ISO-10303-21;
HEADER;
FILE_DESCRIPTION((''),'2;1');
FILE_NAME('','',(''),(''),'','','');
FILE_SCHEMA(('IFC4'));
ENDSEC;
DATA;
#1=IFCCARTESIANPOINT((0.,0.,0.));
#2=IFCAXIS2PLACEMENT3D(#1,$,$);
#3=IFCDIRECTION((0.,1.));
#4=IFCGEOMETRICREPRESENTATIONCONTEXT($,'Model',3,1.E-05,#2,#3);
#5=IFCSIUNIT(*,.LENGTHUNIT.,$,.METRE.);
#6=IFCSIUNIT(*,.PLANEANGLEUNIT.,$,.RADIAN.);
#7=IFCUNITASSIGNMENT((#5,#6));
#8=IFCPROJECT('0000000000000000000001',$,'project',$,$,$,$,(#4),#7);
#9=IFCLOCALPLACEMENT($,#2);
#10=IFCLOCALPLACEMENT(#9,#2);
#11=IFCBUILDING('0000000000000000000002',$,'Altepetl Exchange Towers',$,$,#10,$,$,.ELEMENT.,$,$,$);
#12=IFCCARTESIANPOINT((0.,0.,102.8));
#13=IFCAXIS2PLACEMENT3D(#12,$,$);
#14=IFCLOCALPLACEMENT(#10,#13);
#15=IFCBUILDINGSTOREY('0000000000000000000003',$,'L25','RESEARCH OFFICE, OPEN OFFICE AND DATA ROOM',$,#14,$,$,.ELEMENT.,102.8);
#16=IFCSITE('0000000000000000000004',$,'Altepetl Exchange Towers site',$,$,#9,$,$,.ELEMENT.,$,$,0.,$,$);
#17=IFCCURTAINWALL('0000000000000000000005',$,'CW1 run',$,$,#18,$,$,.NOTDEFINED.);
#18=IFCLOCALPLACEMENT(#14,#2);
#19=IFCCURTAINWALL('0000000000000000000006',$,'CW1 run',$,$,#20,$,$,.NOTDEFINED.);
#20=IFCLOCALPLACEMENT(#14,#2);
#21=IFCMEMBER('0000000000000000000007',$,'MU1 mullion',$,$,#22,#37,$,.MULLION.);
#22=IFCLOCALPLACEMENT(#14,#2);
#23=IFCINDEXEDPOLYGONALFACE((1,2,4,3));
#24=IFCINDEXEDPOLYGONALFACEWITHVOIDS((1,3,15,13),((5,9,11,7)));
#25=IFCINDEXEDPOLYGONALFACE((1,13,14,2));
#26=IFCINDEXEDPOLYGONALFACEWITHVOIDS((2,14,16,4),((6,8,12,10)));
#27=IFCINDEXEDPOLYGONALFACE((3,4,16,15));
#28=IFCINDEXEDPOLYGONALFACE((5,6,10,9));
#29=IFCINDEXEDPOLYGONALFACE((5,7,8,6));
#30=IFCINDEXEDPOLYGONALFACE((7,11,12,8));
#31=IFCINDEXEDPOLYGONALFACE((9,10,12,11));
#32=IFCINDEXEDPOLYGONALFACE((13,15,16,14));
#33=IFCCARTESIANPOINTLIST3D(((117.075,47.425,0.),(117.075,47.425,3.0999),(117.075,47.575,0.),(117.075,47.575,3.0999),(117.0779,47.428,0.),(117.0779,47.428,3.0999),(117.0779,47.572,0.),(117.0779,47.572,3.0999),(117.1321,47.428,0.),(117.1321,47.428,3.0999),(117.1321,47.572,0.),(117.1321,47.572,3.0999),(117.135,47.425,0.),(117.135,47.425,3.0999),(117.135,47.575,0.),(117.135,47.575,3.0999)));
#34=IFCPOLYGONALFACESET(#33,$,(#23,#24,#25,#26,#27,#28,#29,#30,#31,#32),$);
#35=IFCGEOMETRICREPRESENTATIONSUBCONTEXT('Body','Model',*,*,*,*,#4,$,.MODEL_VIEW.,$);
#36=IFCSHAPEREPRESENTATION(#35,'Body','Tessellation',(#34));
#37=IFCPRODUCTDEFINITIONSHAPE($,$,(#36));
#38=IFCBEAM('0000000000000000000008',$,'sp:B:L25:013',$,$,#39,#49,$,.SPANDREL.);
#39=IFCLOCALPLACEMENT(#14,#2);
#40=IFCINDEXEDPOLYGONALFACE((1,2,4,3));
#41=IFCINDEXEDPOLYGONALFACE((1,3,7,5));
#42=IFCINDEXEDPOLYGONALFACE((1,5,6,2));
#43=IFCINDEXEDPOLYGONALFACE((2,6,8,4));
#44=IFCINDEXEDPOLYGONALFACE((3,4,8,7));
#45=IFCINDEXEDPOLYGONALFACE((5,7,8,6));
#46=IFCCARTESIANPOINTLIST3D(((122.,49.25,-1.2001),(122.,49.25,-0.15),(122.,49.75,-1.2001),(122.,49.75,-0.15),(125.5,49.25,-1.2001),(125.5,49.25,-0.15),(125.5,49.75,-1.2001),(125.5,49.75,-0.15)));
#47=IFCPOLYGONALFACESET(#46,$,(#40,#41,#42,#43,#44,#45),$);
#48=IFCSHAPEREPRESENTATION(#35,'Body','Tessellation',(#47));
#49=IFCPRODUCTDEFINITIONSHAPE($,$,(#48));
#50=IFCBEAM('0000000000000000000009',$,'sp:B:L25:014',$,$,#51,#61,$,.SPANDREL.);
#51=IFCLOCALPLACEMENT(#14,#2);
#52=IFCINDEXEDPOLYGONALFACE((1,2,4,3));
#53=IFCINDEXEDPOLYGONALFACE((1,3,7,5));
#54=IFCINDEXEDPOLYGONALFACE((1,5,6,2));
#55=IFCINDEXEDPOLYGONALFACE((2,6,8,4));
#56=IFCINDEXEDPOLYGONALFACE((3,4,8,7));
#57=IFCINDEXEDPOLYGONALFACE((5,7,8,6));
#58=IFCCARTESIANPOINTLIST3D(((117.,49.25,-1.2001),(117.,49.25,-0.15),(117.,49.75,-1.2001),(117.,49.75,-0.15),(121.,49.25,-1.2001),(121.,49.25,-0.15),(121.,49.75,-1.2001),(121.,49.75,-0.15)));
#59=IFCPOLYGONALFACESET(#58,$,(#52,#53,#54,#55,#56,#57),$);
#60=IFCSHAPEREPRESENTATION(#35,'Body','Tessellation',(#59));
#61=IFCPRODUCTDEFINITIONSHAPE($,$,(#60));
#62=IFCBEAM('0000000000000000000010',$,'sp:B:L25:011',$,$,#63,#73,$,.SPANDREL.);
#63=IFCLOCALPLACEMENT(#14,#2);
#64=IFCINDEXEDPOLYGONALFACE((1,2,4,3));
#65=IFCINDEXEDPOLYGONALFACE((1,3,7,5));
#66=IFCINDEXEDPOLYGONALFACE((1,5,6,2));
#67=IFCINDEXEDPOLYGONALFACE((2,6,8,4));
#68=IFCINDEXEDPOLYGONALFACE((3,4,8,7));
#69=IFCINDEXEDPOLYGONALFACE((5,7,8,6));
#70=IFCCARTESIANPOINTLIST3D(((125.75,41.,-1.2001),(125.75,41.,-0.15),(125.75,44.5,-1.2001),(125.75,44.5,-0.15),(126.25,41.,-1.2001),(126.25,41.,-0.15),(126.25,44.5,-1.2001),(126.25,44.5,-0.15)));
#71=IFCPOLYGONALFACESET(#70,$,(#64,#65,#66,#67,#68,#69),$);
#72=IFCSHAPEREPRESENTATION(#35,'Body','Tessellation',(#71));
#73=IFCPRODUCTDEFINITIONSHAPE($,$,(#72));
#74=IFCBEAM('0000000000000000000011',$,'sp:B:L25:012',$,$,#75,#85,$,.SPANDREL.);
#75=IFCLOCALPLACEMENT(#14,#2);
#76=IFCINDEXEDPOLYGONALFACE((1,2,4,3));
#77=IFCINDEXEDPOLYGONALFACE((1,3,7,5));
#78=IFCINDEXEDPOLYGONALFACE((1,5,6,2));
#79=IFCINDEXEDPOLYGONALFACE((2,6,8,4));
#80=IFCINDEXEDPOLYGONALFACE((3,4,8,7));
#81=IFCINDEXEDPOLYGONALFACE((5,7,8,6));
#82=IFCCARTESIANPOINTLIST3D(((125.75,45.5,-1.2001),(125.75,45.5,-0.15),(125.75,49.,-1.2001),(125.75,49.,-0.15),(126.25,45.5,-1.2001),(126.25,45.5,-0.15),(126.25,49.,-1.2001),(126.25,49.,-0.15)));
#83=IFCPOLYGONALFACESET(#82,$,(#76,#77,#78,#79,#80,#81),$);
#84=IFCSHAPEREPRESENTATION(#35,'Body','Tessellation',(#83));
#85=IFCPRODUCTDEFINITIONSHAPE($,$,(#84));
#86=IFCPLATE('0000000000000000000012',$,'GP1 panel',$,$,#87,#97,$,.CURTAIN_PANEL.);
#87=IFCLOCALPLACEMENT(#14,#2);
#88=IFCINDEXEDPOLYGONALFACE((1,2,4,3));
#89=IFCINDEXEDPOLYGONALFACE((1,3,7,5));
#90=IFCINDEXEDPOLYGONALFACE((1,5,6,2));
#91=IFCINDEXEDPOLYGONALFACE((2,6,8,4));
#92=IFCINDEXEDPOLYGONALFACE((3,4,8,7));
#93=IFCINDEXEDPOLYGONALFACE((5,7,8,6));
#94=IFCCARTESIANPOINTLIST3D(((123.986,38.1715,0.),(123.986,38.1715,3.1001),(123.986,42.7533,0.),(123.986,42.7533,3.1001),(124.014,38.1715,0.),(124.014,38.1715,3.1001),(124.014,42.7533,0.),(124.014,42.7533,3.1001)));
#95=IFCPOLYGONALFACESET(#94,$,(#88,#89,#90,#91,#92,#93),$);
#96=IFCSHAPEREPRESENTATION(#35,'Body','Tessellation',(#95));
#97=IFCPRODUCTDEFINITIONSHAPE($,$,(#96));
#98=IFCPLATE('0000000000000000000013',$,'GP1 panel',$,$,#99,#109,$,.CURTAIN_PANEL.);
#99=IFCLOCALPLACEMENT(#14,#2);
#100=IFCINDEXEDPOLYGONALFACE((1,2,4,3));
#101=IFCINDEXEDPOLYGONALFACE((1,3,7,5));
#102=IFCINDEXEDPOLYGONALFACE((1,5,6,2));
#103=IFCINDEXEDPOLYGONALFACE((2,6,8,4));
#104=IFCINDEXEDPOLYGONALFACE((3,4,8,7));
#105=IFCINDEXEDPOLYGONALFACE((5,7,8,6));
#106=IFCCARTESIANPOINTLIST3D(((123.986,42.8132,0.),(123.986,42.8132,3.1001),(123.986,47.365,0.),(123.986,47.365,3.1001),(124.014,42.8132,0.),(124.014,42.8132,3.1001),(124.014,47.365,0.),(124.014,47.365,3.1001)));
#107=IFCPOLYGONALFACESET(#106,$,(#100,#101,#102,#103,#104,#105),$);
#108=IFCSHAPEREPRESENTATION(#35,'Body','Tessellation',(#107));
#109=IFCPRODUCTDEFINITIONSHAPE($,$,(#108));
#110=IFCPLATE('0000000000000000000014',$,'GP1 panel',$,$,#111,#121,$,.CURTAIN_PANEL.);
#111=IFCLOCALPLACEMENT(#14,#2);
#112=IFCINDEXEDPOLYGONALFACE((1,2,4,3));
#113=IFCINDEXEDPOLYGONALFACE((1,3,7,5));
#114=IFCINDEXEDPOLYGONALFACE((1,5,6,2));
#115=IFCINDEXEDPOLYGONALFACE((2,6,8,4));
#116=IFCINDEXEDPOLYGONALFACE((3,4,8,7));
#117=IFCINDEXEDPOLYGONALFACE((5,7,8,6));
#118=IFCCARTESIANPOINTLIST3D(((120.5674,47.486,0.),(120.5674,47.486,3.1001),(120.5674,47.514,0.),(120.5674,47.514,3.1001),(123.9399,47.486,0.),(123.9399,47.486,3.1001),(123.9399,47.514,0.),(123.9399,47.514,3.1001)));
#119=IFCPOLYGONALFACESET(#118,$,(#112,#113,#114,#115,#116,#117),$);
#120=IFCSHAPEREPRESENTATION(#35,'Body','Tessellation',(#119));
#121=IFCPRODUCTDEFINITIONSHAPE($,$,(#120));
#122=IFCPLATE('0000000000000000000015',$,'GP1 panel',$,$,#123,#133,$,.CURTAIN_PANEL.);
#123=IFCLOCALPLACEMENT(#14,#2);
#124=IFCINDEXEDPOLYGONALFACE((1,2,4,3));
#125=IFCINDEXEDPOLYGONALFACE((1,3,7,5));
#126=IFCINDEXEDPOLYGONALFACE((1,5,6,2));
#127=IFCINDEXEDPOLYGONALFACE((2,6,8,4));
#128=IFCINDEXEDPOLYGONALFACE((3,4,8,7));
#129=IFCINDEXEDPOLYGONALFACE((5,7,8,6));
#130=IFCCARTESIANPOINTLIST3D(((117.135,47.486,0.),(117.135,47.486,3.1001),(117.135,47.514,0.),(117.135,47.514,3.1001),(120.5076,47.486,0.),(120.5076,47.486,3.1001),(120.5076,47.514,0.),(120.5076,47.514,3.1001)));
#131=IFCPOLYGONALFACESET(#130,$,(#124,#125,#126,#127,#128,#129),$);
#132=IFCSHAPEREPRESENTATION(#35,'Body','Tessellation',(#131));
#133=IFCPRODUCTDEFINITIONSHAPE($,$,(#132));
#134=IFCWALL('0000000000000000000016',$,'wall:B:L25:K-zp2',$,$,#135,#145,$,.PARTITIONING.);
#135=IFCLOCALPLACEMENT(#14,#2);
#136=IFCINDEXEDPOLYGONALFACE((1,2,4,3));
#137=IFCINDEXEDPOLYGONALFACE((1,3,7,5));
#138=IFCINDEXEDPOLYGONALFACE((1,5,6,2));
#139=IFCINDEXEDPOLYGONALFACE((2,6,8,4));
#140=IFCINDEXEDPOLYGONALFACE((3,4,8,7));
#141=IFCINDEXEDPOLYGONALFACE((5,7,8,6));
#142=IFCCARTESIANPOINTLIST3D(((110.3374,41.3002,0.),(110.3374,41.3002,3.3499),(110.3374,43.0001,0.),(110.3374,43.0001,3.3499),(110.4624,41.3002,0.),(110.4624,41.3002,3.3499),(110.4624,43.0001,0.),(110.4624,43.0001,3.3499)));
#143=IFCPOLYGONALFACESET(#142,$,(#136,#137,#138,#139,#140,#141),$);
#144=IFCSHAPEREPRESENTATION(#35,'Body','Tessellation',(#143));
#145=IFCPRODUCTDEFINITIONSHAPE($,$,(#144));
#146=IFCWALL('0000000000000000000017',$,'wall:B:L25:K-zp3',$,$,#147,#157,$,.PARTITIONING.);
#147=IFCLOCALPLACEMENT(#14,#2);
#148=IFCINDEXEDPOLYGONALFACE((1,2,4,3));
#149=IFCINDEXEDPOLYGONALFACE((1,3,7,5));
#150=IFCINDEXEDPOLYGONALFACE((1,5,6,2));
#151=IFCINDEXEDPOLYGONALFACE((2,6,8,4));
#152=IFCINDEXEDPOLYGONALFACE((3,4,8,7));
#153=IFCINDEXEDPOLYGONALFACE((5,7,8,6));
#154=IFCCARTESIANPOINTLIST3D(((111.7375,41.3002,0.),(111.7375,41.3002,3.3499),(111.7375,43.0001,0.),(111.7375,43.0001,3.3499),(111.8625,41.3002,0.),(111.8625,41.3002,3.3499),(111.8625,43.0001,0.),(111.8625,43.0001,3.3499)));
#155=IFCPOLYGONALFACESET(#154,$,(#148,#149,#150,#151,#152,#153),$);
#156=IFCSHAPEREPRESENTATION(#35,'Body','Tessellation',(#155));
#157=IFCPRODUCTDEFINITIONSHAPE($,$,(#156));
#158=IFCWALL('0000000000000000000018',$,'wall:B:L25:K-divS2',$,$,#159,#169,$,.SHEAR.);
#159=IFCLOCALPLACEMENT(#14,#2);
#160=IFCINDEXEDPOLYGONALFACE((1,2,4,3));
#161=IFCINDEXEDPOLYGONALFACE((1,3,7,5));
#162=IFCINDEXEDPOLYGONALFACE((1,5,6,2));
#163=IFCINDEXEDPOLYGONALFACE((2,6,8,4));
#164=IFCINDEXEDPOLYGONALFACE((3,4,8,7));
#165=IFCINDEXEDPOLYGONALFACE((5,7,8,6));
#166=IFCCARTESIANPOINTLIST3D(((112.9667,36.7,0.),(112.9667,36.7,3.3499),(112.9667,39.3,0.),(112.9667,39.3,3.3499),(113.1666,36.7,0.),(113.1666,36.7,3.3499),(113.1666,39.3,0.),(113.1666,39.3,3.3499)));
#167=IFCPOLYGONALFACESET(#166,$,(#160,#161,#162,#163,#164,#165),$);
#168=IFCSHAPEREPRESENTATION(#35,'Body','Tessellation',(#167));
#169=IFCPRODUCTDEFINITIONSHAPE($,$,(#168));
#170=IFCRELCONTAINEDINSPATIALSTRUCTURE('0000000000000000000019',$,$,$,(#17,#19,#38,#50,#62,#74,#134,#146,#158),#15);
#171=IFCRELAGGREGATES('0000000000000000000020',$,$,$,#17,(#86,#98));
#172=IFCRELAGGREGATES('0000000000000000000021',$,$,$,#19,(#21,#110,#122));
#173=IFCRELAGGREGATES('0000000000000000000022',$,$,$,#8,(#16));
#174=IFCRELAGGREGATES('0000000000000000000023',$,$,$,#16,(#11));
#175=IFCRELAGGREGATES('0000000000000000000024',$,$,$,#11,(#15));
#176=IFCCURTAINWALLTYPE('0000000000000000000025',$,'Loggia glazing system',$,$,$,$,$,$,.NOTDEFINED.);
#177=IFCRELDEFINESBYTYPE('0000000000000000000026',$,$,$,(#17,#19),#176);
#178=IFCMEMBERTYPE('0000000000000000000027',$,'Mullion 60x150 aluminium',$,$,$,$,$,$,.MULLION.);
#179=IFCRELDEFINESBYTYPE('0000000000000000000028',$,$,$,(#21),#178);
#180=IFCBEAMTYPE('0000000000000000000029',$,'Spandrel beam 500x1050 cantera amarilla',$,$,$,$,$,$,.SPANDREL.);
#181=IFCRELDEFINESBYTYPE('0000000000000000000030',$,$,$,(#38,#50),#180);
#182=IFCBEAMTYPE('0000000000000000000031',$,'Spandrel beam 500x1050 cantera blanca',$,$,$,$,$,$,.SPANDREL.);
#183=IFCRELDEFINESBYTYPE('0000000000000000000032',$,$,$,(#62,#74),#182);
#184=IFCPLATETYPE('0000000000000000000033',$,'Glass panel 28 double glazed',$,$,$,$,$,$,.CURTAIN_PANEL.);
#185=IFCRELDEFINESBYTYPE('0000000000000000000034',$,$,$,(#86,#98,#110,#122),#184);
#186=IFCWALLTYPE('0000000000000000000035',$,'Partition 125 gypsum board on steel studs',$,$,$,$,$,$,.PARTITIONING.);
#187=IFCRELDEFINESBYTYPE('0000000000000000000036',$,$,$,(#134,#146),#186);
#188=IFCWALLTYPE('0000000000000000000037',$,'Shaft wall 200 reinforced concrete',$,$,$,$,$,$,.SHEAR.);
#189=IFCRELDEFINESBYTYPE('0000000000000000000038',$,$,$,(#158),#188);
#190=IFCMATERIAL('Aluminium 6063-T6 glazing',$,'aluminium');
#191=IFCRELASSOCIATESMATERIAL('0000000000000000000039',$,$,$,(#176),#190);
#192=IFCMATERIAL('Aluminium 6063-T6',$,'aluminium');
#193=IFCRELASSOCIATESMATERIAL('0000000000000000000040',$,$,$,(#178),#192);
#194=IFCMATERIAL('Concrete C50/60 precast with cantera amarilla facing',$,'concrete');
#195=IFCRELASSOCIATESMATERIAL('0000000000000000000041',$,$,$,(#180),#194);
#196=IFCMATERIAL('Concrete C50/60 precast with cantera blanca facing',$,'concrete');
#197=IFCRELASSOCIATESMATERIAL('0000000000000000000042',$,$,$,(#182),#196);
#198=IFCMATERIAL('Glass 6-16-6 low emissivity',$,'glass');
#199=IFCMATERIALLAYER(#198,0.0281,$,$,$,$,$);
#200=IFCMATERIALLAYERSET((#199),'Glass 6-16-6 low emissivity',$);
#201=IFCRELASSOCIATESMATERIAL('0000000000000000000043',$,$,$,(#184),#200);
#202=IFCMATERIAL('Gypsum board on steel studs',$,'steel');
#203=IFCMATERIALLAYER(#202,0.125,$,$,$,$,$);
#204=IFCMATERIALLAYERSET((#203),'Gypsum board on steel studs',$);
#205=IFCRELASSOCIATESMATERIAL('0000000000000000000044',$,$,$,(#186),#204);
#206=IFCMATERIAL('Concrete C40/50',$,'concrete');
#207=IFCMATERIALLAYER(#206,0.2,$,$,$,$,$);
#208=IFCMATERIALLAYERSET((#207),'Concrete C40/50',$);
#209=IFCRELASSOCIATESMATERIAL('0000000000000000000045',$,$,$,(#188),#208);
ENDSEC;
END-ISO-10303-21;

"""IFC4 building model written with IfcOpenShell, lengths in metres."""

from ifc_helpers import new_model, si_unit, direction, frame, frame_2d, origin, origin_2d, place, context, subcontext, project, spatial, rectangle, hollow_rectangle, extrude, material, layer, layer_set, material_profile, profile_set, type_object, element, aggregate, save


model = new_model("IFC4")

# Units and contexts
model_context = context("Model", 3, precision=1e-05, world=origin(), true_north=direction((0.0, 1.0)))
body_context = subcontext(model_context, "Body", "Model", "MODEL_VIEW")
ifc_project = project(units=[si_unit("LENGTHUNIT", "METRE"), si_unit("PLANEANGLEUNIT", "RADIAN")], contexts=[model_context])

# Site, building, storey
site_placement = place(None, origin())
site = spatial("IfcSite", under=ifc_project, at=site_placement, Name="Altepetl Exchange Towers site", CompositionType="ELEMENT", RefElevation=0.0)
building_placement = place(site_placement, origin())
building = spatial("IfcBuilding", under=site, at=building_placement, Name="Altepetl Exchange Towers", CompositionType="ELEMENT")
storey_placement = place(building_placement, frame((0.0, 0.0, 102.8)))
storey = spatial("IfcBuildingStorey", under=building, at=storey_placement, Name="L25", Description="RESEARCH OFFICE, OPEN OFFICE AND DATA ROOM", CompositionType="ELEMENT", Elevation=102.8)

# Curtain walls, member
ifc_material_1 = material(Name="Aluminium 6063-T6 glazing", Category="aluminium")
curtain_wall_type = type_object("IfcCurtainWallType", Name="Loggia glazing system", PredefinedType="NOTDEFINED", material=ifc_material_1)
curtain_wall_1_placement = place(storey_placement, origin())
curtain_wall_1 = element("IfcCurtainWall", 1, at=curtain_wall_1_placement, inside=storey, type_object=curtain_wall_type, Name="CW1 run", PredefinedType="NOTDEFINED")
ifc_material_2 = material(Name="Aluminium 6063-T6", Category="aluminium")
ifc_material_profile_1 = material_profile(ifc_material_2, hollow_rectangle(XDim=0.0601, YDim=0.1499, WallThickness=0.0029, at=origin_2d()), Name="Mullion 60x150 aluminium")
ifc_profile_set_1 = profile_set([ifc_material_profile_1], Name="Aluminium 6063-T6")
member_type = type_object("IfcMemberType", Name="Mullion 60x150 aluminium", PredefinedType="MULLION", material=ifc_profile_set_1)
curtain_wall_2_placement = place(storey_placement, origin())
curtain_wall_2 = element("IfcCurtainWall", 2, at=curtain_wall_2_placement, inside=storey, type_object=curtain_wall_type, Name="CW1 run", PredefinedType="NOTDEFINED")
member_1_placement = place(storey_placement, frame((117.105, 47.5, 0.0), z_axis=(0.0, 0.0, 1.0), x_axis=(-1.0, 0.0, 0.0)))
member_1 = element("IfcMember", 3, at=member_1_placement, type_object=member_type, Name="MU1 mullion", PredefinedType="MULLION", context=body_context, shape_type="SweptSolid", body=[
    extrude(hollow_rectangle(XDim=0.0601, YDim=0.1499, WallThickness=0.0029, at=origin_2d()), origin(), (0.0, 0.0, 1.0), 3.0999),
])

# Beams
ifc_material_3 = material(Name="Concrete C50/60 precast with cantera amarilla facing", Category="concrete")
ifc_material_profile_2 = material_profile(ifc_material_3, rectangle(XDim=0.5, YDim=1.05, at=origin_2d()), Name="500 x 1050")
ifc_profile_set_2 = profile_set([ifc_material_profile_2], Name="Concrete C50/60 precast with cantera amarilla facing")
beam_type_1 = type_object("IfcBeamType", Name="Spandrel beam 500x1050 cantera amarilla", PredefinedType="SPANDREL", material=ifc_profile_set_2)
beam_1_placement = place(storey_placement, frame((125.5, 49.5, -0.675), z_axis=(-1.0, 0.0, 0.0), x_axis=(0.0, -1.0, 0.0)))
element("IfcBeam", 4, at=beam_1_placement, inside=storey, type_object=beam_type_1, Name="sp:B:L25:013", PredefinedType="SPANDREL", context=body_context, shape_type="SweptSolid", body=[
    extrude(rectangle(XDim=0.5, YDim=1.05, at=origin_2d()), origin(), (0.0, 0.0, 1.0), 3.5),
])
beam_2_placement = place(storey_placement, frame((121.0, 49.5, -0.675), z_axis=(-1.0, 0.0, 0.0), x_axis=(0.0, -1.0, 0.0)))
element("IfcBeam", 5, at=beam_2_placement, inside=storey, type_object=beam_type_1, Name="sp:B:L25:014", PredefinedType="SPANDREL", context=body_context, shape_type="SweptSolid", body=[
    extrude(rectangle(XDim=0.5, YDim=1.05, at=origin_2d()), origin(), (0.0, 0.0, 1.0), 4.0),
])
ifc_material_4 = material(Name="Concrete C50/60 precast with cantera blanca facing", Category="concrete")
ifc_material_profile_3 = material_profile(ifc_material_4, rectangle(XDim=0.5, YDim=1.05, at=origin_2d()), Name="500 x 1050")
ifc_profile_set_3 = profile_set([ifc_material_profile_3], Name="Concrete C50/60 precast with cantera blanca facing")
beam_type_2 = type_object("IfcBeamType", Name="Spandrel beam 500x1050 cantera blanca", PredefinedType="SPANDREL", material=ifc_profile_set_3)
for number, where, z_axis, x_axis, name in (
    (6, (126.0, 41.0, -0.675), (0.0, 1.0, 0.0), (-1.0, 0.0, 0.0), "sp:B:L25:011"),
    (7, (126.0, 45.5, -0.675), (0.0, 1.0, 0.0), (-1.0, 0.0, 0.0), "sp:B:L25:012"),
):
    element("IfcBeam", number, at=place(storey_placement, frame(where, z_axis=z_axis, x_axis=x_axis)), inside=storey, type_object=beam_type_2, Name=name, PredefinedType="SPANDREL", context=body_context, shape_type="SweptSolid", body=[
        extrude(rectangle(XDim=0.5, YDim=1.05, at=origin_2d()), origin(), (0.0, 0.0, 1.0), 3.5),
    ])

# Plates
ifc_material_5 = material(Name="Glass 6-16-6 low emissivity", Category="glass")
ifc_layer_1 = layer(ifc_material_5, 0.0281)
ifc_layer_set_1 = layer_set([ifc_layer_1], Name="Glass 6-16-6 low emissivity")
plate_type = type_object("IfcPlateType", Name="Glass panel 28 double glazed", PredefinedType="CURTAIN_PANEL", material=ifc_layer_set_1)
plate_1_placement = place(storey_placement, frame((124.0, 40.4624, 0.0), z_axis=(0.0, 0.0, 1.0), x_axis=(0.0, 1.0, 0.0)))
plate_1 = element("IfcPlate", 8, at=plate_1_placement, type_object=plate_type, Name="GP1 panel", PredefinedType="CURTAIN_PANEL", context=body_context, shape_type="SweptSolid", body=[
    extrude(rectangle(XDim=4.5818, YDim=0.0281, at=origin_2d()), origin(), (0.0, 0.0, 1.0), 3.1001),
])
plate_2_placement = place(storey_placement, frame((124.0, 45.0891, 0.0), z_axis=(0.0, 0.0, 1.0), x_axis=(0.0, 1.0, 0.0)))
plate_2 = element("IfcPlate", 9, at=plate_2_placement, type_object=plate_type, Name="GP1 panel", PredefinedType="CURTAIN_PANEL", context=body_context, shape_type="SweptSolid", body=[
    extrude(rectangle(XDim=4.5518, YDim=0.0281, at=origin_2d()), origin(), (0.0, 0.0, 1.0), 3.1001),
])
aggregate(curtain_wall_1, [plate_1, plate_2])
plate_3_placement = place(storey_placement, frame((122.2537, 47.5, 0.0), z_axis=(0.0, 0.0, 1.0), x_axis=(-1.0, 0.0, 0.0)))
plate_3 = element("IfcPlate", 10, at=plate_3_placement, type_object=plate_type, Name="GP1 panel", PredefinedType="CURTAIN_PANEL", context=body_context, shape_type="SweptSolid", body=[
    extrude(rectangle(XDim=3.3726, YDim=0.0281, at=origin_2d()), origin(), (0.0, 0.0, 1.0), 3.1001),
])
plate_4_placement = place(storey_placement, frame((118.8213, 47.5, 0.0), z_axis=(0.0, 0.0, 1.0), x_axis=(-1.0, 0.0, 0.0)))
plate_4 = element("IfcPlate", 11, at=plate_4_placement, type_object=plate_type, Name="GP1 panel", PredefinedType="CURTAIN_PANEL", context=body_context, shape_type="SweptSolid", body=[
    extrude(rectangle(XDim=3.3726, YDim=0.0281, at=origin_2d()), origin(), (0.0, 0.0, 1.0), 3.1001),
])
aggregate(curtain_wall_2, [member_1, plate_3, plate_4])

# Walls
ifc_material_6 = material(Name="Gypsum board on steel studs", Category="steel")
ifc_layer_2 = layer(ifc_material_6, 0.125)
ifc_layer_set_2 = layer_set([ifc_layer_2], Name="Gypsum board on steel studs")
wall_type_1 = type_object("IfcWallType", Name="Partition 125 gypsum board on steel studs", PredefinedType="PARTITIONING", material=ifc_layer_set_2)
for number, where, z_axis, x_axis, name in (
    (12, (110.3999, 41.3, 0.0), (0.0, 0.0, 1.0), (0.0, 1.0, 0.0), "wall:B:L25:K-zp2"),
    (13, (111.8, 41.3, 0.0), (0.0, 0.0, 1.0), (0.0, 1.0, 0.0), "wall:B:L25:K-zp3"),
):
    element("IfcWall", number, at=place(storey_placement, frame(where, z_axis=z_axis, x_axis=x_axis)), inside=storey, type_object=wall_type_1, Name=name, PredefinedType="PARTITIONING", context=body_context, shape_type="SweptSolid", body=[
        extrude(rectangle(XDim=1.7, YDim=0.125, at=frame_2d((0.8501, 0.0))), origin(), (0.0, 0.0, 1.0), 3.3499),
    ])
ifc_material_7 = material(Name="Concrete C40/50", Category="concrete")
ifc_layer_3 = layer(ifc_material_7, 0.2)
ifc_layer_set_3 = layer_set([ifc_layer_3], Name="Concrete C40/50")
wall_type_2 = type_object("IfcWallType", Name="Shaft wall 200 reinforced concrete", PredefinedType="SHEAR", material=ifc_layer_set_3)
wall_1_placement = place(storey_placement, frame((113.0667, 36.7, 0.0), z_axis=(0.0, 0.0, 1.0), x_axis=(0.0, 1.0, 0.0)))
element("IfcWall", 14, at=wall_1_placement, inside=storey, type_object=wall_type_2, Name="wall:B:L25:K-divS2", PredefinedType="SHEAR", context=body_context, shape_type="SweptSolid", body=[
    extrude(rectangle(XDim=2.6001, YDim=0.2, at=frame_2d((1.3, 0.0))), origin(), (0.0, 0.0, 1.0), 3.3499),
])

save(model, "model.ifc")
